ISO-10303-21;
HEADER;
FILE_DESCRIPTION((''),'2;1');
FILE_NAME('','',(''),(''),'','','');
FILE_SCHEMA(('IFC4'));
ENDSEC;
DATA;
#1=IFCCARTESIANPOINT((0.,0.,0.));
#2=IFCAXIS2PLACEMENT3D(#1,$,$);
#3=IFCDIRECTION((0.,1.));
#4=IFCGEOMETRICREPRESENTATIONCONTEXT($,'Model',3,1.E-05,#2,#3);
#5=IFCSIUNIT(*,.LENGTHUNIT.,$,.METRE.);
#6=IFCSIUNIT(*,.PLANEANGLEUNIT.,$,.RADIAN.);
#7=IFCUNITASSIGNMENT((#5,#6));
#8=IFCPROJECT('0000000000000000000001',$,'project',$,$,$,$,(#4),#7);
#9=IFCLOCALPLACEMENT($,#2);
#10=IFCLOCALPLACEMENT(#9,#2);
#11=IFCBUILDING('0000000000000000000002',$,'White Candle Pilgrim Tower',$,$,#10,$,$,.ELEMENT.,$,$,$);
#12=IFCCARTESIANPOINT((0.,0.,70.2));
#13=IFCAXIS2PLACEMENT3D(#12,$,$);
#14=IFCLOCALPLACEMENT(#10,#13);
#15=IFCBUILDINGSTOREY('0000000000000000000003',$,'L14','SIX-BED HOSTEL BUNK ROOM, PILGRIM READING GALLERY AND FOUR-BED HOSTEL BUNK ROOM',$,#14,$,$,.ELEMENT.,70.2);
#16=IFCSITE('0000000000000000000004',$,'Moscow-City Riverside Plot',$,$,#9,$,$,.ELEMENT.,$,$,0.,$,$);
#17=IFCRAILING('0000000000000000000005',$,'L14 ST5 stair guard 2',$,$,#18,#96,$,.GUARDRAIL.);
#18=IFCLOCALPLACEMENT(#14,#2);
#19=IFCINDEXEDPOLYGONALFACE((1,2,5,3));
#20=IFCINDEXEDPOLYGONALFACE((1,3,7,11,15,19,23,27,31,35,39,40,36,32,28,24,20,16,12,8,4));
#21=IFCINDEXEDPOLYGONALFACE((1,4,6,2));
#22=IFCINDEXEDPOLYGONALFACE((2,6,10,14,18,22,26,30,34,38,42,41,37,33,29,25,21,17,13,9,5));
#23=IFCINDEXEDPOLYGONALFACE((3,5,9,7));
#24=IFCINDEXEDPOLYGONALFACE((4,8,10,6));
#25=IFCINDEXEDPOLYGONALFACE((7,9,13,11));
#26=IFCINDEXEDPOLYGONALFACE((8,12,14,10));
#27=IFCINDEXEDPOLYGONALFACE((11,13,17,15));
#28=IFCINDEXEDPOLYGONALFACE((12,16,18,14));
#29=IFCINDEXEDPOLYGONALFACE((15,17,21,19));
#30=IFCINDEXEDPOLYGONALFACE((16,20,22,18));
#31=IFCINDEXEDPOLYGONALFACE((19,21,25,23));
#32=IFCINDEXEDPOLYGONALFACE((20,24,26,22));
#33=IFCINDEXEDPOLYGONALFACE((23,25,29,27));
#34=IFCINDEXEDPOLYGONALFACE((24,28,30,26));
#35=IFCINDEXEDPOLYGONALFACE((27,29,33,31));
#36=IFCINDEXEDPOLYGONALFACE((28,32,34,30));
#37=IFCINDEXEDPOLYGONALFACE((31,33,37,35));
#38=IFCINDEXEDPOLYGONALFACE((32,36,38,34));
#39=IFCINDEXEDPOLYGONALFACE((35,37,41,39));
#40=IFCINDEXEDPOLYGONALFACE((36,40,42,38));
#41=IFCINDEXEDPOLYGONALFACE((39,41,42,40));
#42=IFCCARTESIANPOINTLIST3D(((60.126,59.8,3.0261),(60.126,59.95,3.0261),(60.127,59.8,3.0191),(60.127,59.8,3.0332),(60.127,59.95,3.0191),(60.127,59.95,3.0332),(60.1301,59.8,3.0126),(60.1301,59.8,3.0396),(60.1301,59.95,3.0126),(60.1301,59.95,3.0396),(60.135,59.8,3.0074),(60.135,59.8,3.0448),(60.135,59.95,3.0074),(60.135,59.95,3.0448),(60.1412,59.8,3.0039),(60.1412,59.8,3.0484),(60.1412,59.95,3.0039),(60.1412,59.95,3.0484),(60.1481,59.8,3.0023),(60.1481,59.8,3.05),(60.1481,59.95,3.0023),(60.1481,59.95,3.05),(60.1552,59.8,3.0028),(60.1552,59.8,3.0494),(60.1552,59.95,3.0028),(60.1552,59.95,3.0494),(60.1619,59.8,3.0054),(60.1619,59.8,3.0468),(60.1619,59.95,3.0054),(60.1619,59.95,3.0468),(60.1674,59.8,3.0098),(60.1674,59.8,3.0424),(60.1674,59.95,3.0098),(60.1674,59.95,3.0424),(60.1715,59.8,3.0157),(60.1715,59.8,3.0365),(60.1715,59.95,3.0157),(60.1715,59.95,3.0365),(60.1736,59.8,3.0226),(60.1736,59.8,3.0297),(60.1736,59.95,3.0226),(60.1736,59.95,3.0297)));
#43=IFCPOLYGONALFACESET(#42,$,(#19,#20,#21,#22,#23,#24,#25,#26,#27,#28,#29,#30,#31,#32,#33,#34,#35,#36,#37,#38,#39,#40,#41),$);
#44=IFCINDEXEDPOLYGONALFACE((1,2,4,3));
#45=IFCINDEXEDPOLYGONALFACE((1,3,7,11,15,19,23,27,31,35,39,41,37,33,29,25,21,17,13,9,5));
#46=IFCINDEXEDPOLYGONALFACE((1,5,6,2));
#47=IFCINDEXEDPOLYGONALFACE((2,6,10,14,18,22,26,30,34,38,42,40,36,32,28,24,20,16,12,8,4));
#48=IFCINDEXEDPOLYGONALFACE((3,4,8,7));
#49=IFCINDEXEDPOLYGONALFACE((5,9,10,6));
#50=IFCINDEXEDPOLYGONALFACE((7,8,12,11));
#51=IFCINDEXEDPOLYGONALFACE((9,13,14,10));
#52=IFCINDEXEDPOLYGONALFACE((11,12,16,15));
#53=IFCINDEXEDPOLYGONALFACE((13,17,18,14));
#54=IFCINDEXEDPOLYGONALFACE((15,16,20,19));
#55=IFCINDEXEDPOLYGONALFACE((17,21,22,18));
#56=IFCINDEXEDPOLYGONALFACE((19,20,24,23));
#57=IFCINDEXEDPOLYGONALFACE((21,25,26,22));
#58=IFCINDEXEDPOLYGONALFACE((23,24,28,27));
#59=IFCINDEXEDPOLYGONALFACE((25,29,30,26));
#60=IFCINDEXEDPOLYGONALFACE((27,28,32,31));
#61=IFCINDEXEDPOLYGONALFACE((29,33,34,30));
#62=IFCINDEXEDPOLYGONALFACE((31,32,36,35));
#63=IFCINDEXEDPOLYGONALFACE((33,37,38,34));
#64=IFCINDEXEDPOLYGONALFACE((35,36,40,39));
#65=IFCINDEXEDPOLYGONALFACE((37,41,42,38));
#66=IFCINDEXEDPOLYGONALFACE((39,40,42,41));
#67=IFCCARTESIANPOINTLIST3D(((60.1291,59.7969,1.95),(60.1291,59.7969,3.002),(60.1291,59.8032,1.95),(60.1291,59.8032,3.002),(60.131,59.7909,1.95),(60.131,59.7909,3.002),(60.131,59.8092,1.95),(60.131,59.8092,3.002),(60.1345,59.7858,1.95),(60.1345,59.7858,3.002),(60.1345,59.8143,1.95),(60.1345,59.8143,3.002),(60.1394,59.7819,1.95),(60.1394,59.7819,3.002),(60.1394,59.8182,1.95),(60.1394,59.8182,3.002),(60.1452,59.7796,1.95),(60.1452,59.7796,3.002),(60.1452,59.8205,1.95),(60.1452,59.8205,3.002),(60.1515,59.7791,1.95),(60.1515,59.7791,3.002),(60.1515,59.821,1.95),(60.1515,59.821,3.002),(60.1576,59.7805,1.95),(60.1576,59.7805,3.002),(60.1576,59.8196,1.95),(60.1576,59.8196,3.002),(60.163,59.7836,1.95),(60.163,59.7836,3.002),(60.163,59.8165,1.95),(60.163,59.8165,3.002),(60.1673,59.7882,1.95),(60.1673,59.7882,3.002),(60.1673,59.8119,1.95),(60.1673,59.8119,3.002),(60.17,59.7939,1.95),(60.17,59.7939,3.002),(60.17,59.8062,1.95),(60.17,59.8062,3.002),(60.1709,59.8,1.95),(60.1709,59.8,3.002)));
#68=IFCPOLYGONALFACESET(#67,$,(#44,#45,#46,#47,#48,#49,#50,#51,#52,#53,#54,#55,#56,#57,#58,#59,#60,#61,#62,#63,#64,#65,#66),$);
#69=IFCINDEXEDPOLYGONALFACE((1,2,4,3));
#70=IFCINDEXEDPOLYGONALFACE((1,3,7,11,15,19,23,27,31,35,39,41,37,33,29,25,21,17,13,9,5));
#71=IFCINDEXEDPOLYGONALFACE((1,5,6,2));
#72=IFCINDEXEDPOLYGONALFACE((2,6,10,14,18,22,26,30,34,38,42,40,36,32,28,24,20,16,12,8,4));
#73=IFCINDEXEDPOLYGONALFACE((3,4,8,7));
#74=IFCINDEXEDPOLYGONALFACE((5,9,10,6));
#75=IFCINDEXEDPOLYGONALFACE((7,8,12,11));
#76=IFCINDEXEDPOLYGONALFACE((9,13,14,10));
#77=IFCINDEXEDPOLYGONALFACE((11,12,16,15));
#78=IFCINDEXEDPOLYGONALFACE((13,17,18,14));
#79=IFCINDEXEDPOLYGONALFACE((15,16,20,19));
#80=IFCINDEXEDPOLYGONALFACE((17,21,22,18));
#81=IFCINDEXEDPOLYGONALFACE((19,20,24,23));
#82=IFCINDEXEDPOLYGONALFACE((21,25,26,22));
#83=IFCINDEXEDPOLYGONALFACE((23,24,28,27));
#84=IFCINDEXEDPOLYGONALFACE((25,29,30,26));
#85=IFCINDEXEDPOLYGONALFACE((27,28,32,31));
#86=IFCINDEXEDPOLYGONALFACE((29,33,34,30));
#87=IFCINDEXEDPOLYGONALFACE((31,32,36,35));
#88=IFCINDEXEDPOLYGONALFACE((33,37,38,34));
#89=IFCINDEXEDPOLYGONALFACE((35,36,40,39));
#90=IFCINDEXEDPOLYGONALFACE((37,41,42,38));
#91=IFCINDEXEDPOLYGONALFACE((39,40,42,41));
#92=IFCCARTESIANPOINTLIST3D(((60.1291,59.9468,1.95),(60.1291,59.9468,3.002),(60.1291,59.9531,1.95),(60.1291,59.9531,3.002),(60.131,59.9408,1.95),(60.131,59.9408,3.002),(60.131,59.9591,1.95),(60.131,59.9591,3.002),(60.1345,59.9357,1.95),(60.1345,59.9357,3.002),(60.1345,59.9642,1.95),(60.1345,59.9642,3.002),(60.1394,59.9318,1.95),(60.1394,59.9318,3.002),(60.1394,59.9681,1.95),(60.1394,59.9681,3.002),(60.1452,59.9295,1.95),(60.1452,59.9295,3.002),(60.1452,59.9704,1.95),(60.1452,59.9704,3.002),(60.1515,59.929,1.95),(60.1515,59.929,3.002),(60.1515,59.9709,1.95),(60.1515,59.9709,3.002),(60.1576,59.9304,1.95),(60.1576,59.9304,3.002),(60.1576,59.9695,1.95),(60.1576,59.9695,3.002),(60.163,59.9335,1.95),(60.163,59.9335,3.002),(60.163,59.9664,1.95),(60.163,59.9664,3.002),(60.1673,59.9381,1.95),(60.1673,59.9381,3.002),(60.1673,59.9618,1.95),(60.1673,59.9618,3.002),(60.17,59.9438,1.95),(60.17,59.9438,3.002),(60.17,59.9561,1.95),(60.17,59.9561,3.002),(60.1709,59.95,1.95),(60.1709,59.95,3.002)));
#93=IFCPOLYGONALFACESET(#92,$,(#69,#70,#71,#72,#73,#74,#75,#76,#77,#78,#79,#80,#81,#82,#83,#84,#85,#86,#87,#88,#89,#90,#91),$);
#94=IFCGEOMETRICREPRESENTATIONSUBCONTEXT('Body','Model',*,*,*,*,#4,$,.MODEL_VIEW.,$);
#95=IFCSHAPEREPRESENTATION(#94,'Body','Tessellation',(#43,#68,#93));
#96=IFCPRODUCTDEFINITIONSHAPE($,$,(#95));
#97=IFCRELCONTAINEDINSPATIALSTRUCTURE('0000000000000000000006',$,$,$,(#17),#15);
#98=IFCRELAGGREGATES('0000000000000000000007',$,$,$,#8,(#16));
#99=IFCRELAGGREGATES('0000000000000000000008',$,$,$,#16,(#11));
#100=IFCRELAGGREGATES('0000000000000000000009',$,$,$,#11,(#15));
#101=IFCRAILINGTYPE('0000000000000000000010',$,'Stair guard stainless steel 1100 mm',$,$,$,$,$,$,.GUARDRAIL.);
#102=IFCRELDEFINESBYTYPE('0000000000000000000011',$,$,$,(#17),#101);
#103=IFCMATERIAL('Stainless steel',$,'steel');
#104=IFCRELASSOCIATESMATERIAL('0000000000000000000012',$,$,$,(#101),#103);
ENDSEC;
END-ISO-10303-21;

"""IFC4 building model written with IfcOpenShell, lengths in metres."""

from ifc_helpers import new_model, si_unit, direction, frame, origin, origin_2d, place, context, subcontext, project, spatial, circle, extrude, material, type_object, element, save


model = new_model("IFC4")

# Units and contexts
model_context = context("Model", 3, precision=1e-05, world=origin(), true_north=direction((0.0, 1.0)))
body_context = subcontext(model_context, "Body", "Model", "MODEL_VIEW")
ifc_project = project(units=[si_unit("LENGTHUNIT", "METRE"), si_unit("PLANEANGLEUNIT", "RADIAN")], contexts=[model_context])

# Site, building, storey
site_placement = place(None, origin())
site = spatial("IfcSite", under=ifc_project, at=site_placement, Name="Moscow-City Riverside Plot", CompositionType="ELEMENT", RefElevation=0.0)
building_placement = place(site_placement, origin())
building = spatial("IfcBuilding", under=site, at=building_placement, Name="White Candle Pilgrim Tower", CompositionType="ELEMENT")
storey_placement = place(building_placement, frame((0.0, 0.0, 70.2)))
storey = spatial("IfcBuildingStorey", under=building, at=storey_placement, Name="L14", Description="SIX-BED HOSTEL BUNK ROOM, PILGRIM READING GALLERY AND FOUR-BED HOSTEL BUNK ROOM", CompositionType="ELEMENT", Elevation=70.2)

# Railing
ifc_material_1 = material(Name="Stainless steel", Category="steel")
railing_type_1 = type_object("IfcRailingType", Name="Stair guard stainless steel 1100 mm", PredefinedType="GUARDRAIL", material=ifc_material_1)
railing_1_placement = place(storey_placement, frame((60.1499, 59.8, 1.95)))
element("IfcRailing", 1, at=railing_1_placement, inside=storey, type_object=railing_type_1, Name="L14 ST5 stair guard 2", PredefinedType="GUARDRAIL", context=body_context, shape_type="SweptSolid", body=[
    extrude(circle(Radius=0.0239, at=origin_2d()), frame((0.0, 0.0, 1.0762), z_axis=(0.0, 1.0, 0.0), x_axis=(-1.0, 0.0, 0.0)), (0.0, 0.0, 1.0), 0.1499),
    extrude(circle(Radius=0.021, at=origin_2d()), origin(), (0.0, 0.0, 1.0), 1.052),
    extrude(circle(Radius=0.021, at=origin_2d()), frame((0.0, 0.1499, 0.0)), (0.0, 0.0, 1.0), 1.052),
])

save(model, "model.ifc")
